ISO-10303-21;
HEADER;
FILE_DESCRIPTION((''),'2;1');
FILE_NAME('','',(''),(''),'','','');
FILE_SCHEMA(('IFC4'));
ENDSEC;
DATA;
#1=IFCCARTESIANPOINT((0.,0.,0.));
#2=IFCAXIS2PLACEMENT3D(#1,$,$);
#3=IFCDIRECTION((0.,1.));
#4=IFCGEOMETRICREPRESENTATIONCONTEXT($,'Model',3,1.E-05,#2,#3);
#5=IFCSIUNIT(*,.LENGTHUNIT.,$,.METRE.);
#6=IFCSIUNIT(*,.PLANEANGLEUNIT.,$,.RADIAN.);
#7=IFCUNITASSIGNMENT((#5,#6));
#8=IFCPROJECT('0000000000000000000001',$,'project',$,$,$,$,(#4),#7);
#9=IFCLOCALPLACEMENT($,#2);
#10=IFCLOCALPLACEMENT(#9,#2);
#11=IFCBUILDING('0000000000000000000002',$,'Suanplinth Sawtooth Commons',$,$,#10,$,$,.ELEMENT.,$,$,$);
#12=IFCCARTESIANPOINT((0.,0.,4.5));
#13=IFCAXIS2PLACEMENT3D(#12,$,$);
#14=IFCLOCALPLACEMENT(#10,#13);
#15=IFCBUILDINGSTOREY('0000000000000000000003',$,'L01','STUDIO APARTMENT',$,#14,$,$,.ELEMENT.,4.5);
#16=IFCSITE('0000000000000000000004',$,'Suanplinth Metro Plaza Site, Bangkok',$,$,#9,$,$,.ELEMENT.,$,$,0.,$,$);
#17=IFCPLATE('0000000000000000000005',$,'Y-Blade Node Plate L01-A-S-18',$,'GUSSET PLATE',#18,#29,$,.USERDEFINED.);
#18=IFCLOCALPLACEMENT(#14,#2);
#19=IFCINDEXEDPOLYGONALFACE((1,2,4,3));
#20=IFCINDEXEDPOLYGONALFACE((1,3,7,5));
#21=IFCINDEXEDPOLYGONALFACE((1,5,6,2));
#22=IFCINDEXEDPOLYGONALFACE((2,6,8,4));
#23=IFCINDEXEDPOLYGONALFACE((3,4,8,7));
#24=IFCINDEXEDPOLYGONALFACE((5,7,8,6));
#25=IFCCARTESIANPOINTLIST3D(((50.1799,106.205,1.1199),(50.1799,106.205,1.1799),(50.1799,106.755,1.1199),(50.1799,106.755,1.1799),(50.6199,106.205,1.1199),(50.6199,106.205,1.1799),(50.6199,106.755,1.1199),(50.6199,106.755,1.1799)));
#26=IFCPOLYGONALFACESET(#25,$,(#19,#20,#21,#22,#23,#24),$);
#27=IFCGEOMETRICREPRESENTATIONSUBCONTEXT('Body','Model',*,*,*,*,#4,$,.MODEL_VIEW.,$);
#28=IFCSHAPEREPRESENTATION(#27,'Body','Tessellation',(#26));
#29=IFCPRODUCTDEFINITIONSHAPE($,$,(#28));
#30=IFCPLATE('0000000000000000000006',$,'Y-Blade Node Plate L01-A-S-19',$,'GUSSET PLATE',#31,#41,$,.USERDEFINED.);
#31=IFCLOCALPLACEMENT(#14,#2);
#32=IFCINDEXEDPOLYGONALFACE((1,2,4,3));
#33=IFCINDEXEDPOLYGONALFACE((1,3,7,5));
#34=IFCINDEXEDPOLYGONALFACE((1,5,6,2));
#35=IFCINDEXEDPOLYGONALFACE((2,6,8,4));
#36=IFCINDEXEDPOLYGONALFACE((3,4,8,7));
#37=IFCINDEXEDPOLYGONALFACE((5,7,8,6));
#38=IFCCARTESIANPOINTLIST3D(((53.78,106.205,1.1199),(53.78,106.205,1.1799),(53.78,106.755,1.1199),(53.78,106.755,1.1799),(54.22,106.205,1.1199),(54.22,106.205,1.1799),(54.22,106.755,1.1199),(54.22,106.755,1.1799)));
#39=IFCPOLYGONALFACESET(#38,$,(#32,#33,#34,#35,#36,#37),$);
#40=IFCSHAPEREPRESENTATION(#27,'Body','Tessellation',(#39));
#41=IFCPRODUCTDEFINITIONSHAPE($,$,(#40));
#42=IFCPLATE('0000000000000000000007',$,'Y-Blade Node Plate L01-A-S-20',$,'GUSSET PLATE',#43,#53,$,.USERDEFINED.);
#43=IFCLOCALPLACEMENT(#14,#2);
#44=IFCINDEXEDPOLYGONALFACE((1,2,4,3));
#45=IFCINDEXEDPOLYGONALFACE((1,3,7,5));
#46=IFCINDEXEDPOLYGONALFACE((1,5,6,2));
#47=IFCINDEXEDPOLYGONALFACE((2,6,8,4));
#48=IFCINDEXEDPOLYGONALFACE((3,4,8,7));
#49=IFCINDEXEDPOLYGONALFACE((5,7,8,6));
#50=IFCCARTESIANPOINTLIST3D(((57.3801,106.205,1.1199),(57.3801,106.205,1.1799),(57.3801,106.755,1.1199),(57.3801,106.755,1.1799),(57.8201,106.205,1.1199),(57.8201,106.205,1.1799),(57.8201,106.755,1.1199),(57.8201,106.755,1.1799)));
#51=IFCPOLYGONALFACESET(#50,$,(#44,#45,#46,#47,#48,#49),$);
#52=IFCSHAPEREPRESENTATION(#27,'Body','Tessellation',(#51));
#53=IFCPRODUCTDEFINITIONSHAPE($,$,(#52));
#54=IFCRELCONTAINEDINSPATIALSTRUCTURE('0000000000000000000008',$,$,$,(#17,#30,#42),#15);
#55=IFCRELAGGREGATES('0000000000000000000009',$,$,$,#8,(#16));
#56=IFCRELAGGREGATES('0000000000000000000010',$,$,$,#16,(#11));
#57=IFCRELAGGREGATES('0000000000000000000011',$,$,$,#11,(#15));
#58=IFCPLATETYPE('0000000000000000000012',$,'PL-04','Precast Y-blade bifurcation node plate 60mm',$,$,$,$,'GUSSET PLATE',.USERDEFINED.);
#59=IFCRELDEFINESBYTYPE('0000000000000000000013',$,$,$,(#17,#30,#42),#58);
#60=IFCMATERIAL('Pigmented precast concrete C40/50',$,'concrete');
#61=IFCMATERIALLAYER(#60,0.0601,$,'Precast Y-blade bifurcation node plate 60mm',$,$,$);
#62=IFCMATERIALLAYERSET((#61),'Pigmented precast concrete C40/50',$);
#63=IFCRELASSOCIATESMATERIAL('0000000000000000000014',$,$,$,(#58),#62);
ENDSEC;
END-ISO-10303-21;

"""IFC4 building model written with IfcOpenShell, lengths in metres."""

from ifc_helpers import new_model, si_unit, direction, frame, origin, origin_2d, place, context, subcontext, project, spatial, rectangle, extrude, material, layer, layer_set, type_object, element, save


model = new_model("IFC4")

# Units and contexts
model_context = context("Model", 3, precision=1e-05, world=origin(), true_north=direction((0.0, 1.0)))
body_context = subcontext(model_context, "Body", "Model", "MODEL_VIEW")
ifc_project = project(units=[si_unit("LENGTHUNIT", "METRE"), si_unit("PLANEANGLEUNIT", "RADIAN")], contexts=[model_context])

# Site, building, storey
site_placement = place(None, origin())
site = spatial("IfcSite", under=ifc_project, at=site_placement, Name="Suanplinth Metro Plaza Site, Bangkok", CompositionType="ELEMENT", RefElevation=0.0)
building_placement = place(site_placement, origin())
building = spatial("IfcBuilding", under=site, at=building_placement, Name="Suanplinth Sawtooth Commons", CompositionType="ELEMENT")
storey_placement = place(building_placement, frame((0.0, 0.0, 4.5)))
storey = spatial("IfcBuildingStorey", under=building, at=storey_placement, Name="L01", Description="STUDIO APARTMENT", CompositionType="ELEMENT", Elevation=4.5)

# Shared definitions
ifc_material_1 = material(Name="Pigmented precast concrete C40/50", Category="concrete")

# Plates
ifc_layer_1 = layer(ifc_material_1, 0.0601, Name="Precast Y-blade bifurcation node plate 60mm")
ifc_layer_set_1 = layer_set([ifc_layer_1], Name="Pigmented precast concrete C40/50")
plate_type = type_object("IfcPlateType", Name="PL-04", Description="Precast Y-blade bifurcation node plate 60mm", ElementType="GUSSET PLATE", PredefinedType="USERDEFINED", material=ifc_layer_set_1)
for number, where, z_axis, x_axis, name in (
    (1, (50.3999, 106.48, 1.1199), (0.0, 0.0, 1.0), (1.0, 0.0, 0.0), "Y-Blade Node Plate L01-A-S-18"),
    (2, (54.0, 106.48, 1.1199), (0.0, 0.0, 1.0), (1.0, 0.0, 0.0), "Y-Blade Node Plate L01-A-S-19"),
    (3, (57.6001, 106.48, 1.1199), (0.0, 0.0, 1.0), (1.0, 0.0, 0.0), "Y-Blade Node Plate L01-A-S-20"),
):
    element("IfcPlate", number, at=place(storey_placement, frame(where, z_axis=z_axis, x_axis=x_axis)), inside=storey, type_object=plate_type, Name=name, ObjectType="GUSSET PLATE", PredefinedType="USERDEFINED", context=body_context, shape_type="SweptSolid", body=[
        extrude(rectangle(XDim=0.4399, YDim=0.55, at=origin_2d()), origin(), (0.0, 0.0, 1.0), 0.0601),
    ])

save(model, "model.ifc")
